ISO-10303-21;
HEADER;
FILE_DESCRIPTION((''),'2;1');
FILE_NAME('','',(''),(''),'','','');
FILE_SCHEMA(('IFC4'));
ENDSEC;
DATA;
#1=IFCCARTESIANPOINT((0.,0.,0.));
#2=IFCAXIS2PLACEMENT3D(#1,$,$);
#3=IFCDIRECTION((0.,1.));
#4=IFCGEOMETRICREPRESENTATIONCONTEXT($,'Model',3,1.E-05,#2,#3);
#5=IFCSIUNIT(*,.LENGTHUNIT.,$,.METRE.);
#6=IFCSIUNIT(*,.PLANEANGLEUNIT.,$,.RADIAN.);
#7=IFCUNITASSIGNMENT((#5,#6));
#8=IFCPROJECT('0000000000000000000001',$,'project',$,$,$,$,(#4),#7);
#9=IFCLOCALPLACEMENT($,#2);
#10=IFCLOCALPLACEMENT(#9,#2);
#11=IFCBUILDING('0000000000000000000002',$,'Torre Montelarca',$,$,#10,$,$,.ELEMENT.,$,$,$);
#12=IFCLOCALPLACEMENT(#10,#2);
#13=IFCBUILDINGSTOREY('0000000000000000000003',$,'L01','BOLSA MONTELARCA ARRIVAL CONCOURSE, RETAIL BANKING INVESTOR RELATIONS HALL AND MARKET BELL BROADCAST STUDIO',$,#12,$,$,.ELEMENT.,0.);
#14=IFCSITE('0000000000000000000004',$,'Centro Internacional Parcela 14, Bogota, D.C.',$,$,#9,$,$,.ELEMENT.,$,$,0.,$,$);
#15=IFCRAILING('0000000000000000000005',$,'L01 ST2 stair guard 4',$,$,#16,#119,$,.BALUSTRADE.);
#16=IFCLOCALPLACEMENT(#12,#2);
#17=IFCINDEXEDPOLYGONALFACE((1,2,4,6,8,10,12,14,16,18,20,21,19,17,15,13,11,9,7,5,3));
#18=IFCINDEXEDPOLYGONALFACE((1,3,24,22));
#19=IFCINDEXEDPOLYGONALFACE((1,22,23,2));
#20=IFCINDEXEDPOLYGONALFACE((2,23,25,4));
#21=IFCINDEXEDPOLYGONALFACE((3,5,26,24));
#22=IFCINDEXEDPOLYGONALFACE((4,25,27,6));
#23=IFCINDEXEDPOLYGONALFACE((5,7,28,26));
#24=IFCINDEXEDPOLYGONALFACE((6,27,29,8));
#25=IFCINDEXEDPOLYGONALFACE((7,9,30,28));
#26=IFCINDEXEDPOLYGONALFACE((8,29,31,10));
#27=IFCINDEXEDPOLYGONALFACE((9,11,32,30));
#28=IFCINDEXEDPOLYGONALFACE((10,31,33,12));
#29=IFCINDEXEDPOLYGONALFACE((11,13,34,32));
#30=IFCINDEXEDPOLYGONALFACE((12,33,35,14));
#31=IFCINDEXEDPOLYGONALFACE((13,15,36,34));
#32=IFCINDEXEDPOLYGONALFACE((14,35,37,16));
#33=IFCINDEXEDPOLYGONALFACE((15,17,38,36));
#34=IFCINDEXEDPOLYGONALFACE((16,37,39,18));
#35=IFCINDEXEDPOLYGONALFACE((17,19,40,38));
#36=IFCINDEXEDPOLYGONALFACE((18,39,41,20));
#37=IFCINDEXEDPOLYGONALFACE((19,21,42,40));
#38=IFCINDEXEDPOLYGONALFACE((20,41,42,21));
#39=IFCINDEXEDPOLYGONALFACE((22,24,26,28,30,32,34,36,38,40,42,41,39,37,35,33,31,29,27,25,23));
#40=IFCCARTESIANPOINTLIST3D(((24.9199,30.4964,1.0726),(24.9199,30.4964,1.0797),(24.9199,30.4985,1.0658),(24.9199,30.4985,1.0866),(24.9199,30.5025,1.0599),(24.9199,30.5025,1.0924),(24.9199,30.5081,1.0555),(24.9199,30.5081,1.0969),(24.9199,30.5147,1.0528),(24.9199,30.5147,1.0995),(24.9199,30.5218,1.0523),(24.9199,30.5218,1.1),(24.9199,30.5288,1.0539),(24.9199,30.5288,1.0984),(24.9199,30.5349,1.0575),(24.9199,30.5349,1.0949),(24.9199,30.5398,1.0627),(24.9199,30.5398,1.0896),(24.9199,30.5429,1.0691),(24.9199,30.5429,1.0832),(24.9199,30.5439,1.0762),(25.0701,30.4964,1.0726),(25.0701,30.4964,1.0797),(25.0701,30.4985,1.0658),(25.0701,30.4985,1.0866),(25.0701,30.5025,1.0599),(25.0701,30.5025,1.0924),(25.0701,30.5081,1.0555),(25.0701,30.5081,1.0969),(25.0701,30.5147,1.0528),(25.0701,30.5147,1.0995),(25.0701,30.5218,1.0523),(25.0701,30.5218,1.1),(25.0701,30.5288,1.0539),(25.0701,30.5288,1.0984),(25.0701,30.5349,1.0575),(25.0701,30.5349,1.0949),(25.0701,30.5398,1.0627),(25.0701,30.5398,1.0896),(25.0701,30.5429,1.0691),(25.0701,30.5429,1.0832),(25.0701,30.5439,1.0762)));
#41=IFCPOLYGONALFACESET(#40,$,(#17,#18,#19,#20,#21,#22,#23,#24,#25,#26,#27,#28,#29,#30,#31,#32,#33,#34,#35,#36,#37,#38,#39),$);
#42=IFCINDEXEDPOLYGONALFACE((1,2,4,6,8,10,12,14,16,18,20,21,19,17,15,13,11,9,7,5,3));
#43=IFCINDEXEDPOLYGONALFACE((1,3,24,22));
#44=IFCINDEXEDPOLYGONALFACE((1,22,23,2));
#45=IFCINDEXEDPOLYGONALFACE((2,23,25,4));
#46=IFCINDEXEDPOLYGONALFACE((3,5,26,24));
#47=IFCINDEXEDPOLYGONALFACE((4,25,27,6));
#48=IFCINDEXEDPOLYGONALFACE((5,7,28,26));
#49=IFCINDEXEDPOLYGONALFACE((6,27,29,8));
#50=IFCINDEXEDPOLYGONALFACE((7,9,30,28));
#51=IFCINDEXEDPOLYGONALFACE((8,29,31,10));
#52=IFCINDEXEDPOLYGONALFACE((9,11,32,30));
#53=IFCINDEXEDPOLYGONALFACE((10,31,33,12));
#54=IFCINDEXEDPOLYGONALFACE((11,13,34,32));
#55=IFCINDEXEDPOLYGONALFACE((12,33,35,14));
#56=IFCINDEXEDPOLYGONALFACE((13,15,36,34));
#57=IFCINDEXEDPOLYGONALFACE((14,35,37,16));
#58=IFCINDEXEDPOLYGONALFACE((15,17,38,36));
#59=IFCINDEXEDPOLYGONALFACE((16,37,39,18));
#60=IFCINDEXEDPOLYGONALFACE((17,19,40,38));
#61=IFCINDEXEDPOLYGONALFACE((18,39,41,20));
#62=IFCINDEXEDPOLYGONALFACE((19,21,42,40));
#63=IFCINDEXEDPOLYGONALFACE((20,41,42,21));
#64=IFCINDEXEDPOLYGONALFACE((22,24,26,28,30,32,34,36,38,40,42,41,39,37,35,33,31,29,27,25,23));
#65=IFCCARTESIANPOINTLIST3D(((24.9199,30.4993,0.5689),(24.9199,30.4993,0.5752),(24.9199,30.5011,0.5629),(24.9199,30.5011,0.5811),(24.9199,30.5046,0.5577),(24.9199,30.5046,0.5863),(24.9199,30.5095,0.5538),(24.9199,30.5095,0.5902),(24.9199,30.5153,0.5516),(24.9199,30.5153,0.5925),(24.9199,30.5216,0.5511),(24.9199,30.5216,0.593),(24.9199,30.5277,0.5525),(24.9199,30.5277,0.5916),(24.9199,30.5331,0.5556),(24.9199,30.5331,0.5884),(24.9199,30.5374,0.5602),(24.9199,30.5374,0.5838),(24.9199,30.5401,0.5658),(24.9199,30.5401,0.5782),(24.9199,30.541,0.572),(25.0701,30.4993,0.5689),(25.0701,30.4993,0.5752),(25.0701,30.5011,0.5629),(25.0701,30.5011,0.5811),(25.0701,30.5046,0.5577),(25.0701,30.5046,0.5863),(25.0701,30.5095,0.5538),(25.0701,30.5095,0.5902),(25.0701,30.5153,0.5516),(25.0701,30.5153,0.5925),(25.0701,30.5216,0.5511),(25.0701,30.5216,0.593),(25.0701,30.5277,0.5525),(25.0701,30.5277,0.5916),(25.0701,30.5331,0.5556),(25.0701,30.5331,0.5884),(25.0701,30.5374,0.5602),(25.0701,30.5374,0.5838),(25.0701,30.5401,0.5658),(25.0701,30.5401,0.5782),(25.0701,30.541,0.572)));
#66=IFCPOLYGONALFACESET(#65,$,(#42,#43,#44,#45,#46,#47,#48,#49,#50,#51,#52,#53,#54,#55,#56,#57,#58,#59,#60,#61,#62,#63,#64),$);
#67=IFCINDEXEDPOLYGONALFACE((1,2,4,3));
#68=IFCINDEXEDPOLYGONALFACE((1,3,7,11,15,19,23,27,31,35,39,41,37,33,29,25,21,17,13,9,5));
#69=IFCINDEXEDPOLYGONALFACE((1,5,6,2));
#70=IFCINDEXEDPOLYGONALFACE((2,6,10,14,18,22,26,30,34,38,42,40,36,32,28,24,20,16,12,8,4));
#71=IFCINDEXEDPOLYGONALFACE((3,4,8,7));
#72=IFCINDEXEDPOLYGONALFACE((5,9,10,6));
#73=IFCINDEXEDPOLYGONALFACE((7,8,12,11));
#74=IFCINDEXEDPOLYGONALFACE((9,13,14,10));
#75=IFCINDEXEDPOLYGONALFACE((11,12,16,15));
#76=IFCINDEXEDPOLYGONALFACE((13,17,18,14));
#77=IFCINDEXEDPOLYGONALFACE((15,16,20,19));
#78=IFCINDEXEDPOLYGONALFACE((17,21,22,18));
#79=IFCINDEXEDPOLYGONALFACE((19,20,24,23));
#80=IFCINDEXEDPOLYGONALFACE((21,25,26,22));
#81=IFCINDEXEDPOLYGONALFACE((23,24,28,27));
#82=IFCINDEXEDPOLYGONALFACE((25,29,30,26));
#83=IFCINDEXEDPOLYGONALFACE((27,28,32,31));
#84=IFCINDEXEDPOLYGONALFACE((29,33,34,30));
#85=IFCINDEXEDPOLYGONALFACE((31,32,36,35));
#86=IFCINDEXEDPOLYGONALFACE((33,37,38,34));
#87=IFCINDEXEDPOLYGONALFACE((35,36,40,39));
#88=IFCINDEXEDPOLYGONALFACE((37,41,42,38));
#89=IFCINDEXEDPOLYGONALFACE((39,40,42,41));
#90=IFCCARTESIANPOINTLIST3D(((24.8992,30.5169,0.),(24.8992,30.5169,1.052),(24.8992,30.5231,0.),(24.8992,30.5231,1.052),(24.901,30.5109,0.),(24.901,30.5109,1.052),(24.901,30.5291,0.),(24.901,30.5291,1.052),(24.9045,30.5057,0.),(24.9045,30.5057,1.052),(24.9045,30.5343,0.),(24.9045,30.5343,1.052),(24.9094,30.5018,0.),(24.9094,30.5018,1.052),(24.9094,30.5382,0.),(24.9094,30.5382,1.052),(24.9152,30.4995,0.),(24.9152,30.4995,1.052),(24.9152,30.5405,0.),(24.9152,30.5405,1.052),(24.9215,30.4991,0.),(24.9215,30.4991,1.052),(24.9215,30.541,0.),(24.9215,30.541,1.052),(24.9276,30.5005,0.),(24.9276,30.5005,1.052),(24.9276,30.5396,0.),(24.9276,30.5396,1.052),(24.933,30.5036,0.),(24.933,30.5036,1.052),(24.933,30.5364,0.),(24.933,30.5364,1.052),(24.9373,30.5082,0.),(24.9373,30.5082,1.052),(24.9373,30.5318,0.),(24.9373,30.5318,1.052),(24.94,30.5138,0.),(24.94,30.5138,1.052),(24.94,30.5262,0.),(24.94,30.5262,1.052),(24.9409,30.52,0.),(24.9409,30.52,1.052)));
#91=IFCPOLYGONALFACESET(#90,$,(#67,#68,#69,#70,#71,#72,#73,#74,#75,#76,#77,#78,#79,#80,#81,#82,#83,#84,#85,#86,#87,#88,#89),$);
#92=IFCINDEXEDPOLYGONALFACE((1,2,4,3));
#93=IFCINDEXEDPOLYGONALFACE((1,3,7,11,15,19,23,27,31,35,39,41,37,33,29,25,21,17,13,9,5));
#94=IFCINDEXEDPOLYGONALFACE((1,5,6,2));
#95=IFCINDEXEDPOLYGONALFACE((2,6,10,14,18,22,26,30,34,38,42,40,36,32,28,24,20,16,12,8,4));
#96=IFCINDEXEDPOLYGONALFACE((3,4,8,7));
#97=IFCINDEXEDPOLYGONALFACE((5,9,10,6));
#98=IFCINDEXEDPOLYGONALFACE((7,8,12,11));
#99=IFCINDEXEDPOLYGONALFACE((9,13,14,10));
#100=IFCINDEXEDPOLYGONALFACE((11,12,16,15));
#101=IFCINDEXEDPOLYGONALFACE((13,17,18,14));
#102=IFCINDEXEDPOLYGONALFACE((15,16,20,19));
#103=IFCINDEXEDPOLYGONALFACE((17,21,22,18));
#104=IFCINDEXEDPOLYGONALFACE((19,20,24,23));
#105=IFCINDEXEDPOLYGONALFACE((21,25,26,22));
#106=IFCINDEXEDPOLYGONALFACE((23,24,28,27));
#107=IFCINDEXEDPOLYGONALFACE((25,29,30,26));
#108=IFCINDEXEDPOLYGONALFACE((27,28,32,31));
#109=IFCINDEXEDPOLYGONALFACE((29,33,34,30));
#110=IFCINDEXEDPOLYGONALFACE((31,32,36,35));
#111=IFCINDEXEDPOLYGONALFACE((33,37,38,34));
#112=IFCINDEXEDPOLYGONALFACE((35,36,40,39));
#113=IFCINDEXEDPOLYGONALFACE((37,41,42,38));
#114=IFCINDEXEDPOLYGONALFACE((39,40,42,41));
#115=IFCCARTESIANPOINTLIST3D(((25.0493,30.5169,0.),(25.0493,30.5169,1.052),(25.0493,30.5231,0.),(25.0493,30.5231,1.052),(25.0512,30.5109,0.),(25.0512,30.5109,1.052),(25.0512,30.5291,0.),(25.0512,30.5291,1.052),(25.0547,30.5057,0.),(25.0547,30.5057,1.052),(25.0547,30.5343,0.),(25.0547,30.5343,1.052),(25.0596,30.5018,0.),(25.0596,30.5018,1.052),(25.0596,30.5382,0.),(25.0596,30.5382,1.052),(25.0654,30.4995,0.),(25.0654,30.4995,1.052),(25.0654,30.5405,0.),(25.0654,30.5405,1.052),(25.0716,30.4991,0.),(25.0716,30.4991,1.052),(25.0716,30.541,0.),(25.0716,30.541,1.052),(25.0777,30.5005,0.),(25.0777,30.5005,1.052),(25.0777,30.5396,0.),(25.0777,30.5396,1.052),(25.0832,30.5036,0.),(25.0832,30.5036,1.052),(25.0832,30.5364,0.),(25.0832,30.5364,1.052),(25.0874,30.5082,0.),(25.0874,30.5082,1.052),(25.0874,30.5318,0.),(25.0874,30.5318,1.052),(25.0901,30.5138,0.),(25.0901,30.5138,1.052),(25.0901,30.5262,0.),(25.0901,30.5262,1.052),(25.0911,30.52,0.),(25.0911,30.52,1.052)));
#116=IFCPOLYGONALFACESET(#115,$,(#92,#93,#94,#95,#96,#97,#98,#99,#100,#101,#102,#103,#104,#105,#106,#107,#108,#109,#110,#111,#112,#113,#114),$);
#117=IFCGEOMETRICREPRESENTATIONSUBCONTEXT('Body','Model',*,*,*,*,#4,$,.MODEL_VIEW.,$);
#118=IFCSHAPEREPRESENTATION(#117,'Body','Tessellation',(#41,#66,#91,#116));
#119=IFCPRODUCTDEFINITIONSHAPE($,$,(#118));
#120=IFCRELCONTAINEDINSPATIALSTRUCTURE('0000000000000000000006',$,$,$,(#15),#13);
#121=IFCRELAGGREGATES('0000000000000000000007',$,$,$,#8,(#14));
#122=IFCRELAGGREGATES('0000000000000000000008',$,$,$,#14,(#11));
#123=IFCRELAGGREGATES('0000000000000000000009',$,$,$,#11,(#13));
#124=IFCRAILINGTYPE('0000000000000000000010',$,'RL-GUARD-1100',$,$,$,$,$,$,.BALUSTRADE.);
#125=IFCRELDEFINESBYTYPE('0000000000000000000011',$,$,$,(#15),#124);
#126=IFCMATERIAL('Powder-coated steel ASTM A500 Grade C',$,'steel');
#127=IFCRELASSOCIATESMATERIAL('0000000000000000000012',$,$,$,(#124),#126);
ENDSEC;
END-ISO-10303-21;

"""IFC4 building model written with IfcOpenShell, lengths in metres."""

from ifc_helpers import new_model, si_unit, direction, frame, origin, origin_2d, place, context, subcontext, project, spatial, circle, extrude, material, type_object, element, save


model = new_model("IFC4")

# Units and contexts
model_context = context("Model", 3, precision=1e-05, world=origin(), true_north=direction((0.0, 1.0)))
body_context = subcontext(model_context, "Body", "Model", "MODEL_VIEW")
ifc_project = project(units=[si_unit("LENGTHUNIT", "METRE"), si_unit("PLANEANGLEUNIT", "RADIAN")], contexts=[model_context])

# Site, building, storey
site_placement = place(None, origin())
site = spatial("IfcSite", under=ifc_project, at=site_placement, Name="Centro Internacional Parcela 14, Bogota, D.C.", CompositionType="ELEMENT", RefElevation=0.0)
building_placement = place(site_placement, origin())
building = spatial("IfcBuilding", under=site, at=building_placement, Name="Torre Montelarca", CompositionType="ELEMENT")
storey_placement = place(building_placement, origin())
storey = spatial("IfcBuildingStorey", under=building, at=storey_placement, Name="L01", Description="BOLSA MONTELARCA ARRIVAL CONCOURSE, RETAIL BANKING INVESTOR RELATIONS HALL AND MARKET BELL BROADCAST STUDIO", CompositionType="ELEMENT", Elevation=0.0)

# Railing
ifc_material_1 = material(Name="Powder-coated steel ASTM A500 Grade C", Category="steel")
railing_type_1 = type_object("IfcRailingType", Name="RL-GUARD-1100", PredefinedType="BALUSTRADE", material=ifc_material_1)
railing_1_placement = place(storey_placement, frame((24.9199, 30.52, 0.0)))
element("IfcRailing", 1, at=railing_1_placement, inside=storey, type_object=railing_type_1, Name="L01 ST2 stair guard 4", PredefinedType="BALUSTRADE", context=body_context, shape_type="SweptSolid", body=[
    extrude(circle(Radius=0.0239, at=origin_2d()), frame((0.0, 0.0, 1.0762), z_axis=(1.0, 0.0, 0.0), x_axis=(0.0, 1.0, 0.0)), (0.0, 0.0, 1.0), 0.1501),
    extrude(circle(Radius=0.021, at=origin_2d()), frame((0.0, 0.0, 0.572), z_axis=(1.0, 0.0, 0.0), x_axis=(0.0, 1.0, 0.0)), (0.0, 0.0, 1.0), 0.1501),
    extrude(circle(Radius=0.021, at=origin_2d()), origin(), (0.0, 0.0, 1.0), 1.052),
    extrude(circle(Radius=0.021, at=origin_2d()), frame((0.1501, 0.0, 0.0)), (0.0, 0.0, 1.0), 1.052),
])

save(model, "model.ifc")
